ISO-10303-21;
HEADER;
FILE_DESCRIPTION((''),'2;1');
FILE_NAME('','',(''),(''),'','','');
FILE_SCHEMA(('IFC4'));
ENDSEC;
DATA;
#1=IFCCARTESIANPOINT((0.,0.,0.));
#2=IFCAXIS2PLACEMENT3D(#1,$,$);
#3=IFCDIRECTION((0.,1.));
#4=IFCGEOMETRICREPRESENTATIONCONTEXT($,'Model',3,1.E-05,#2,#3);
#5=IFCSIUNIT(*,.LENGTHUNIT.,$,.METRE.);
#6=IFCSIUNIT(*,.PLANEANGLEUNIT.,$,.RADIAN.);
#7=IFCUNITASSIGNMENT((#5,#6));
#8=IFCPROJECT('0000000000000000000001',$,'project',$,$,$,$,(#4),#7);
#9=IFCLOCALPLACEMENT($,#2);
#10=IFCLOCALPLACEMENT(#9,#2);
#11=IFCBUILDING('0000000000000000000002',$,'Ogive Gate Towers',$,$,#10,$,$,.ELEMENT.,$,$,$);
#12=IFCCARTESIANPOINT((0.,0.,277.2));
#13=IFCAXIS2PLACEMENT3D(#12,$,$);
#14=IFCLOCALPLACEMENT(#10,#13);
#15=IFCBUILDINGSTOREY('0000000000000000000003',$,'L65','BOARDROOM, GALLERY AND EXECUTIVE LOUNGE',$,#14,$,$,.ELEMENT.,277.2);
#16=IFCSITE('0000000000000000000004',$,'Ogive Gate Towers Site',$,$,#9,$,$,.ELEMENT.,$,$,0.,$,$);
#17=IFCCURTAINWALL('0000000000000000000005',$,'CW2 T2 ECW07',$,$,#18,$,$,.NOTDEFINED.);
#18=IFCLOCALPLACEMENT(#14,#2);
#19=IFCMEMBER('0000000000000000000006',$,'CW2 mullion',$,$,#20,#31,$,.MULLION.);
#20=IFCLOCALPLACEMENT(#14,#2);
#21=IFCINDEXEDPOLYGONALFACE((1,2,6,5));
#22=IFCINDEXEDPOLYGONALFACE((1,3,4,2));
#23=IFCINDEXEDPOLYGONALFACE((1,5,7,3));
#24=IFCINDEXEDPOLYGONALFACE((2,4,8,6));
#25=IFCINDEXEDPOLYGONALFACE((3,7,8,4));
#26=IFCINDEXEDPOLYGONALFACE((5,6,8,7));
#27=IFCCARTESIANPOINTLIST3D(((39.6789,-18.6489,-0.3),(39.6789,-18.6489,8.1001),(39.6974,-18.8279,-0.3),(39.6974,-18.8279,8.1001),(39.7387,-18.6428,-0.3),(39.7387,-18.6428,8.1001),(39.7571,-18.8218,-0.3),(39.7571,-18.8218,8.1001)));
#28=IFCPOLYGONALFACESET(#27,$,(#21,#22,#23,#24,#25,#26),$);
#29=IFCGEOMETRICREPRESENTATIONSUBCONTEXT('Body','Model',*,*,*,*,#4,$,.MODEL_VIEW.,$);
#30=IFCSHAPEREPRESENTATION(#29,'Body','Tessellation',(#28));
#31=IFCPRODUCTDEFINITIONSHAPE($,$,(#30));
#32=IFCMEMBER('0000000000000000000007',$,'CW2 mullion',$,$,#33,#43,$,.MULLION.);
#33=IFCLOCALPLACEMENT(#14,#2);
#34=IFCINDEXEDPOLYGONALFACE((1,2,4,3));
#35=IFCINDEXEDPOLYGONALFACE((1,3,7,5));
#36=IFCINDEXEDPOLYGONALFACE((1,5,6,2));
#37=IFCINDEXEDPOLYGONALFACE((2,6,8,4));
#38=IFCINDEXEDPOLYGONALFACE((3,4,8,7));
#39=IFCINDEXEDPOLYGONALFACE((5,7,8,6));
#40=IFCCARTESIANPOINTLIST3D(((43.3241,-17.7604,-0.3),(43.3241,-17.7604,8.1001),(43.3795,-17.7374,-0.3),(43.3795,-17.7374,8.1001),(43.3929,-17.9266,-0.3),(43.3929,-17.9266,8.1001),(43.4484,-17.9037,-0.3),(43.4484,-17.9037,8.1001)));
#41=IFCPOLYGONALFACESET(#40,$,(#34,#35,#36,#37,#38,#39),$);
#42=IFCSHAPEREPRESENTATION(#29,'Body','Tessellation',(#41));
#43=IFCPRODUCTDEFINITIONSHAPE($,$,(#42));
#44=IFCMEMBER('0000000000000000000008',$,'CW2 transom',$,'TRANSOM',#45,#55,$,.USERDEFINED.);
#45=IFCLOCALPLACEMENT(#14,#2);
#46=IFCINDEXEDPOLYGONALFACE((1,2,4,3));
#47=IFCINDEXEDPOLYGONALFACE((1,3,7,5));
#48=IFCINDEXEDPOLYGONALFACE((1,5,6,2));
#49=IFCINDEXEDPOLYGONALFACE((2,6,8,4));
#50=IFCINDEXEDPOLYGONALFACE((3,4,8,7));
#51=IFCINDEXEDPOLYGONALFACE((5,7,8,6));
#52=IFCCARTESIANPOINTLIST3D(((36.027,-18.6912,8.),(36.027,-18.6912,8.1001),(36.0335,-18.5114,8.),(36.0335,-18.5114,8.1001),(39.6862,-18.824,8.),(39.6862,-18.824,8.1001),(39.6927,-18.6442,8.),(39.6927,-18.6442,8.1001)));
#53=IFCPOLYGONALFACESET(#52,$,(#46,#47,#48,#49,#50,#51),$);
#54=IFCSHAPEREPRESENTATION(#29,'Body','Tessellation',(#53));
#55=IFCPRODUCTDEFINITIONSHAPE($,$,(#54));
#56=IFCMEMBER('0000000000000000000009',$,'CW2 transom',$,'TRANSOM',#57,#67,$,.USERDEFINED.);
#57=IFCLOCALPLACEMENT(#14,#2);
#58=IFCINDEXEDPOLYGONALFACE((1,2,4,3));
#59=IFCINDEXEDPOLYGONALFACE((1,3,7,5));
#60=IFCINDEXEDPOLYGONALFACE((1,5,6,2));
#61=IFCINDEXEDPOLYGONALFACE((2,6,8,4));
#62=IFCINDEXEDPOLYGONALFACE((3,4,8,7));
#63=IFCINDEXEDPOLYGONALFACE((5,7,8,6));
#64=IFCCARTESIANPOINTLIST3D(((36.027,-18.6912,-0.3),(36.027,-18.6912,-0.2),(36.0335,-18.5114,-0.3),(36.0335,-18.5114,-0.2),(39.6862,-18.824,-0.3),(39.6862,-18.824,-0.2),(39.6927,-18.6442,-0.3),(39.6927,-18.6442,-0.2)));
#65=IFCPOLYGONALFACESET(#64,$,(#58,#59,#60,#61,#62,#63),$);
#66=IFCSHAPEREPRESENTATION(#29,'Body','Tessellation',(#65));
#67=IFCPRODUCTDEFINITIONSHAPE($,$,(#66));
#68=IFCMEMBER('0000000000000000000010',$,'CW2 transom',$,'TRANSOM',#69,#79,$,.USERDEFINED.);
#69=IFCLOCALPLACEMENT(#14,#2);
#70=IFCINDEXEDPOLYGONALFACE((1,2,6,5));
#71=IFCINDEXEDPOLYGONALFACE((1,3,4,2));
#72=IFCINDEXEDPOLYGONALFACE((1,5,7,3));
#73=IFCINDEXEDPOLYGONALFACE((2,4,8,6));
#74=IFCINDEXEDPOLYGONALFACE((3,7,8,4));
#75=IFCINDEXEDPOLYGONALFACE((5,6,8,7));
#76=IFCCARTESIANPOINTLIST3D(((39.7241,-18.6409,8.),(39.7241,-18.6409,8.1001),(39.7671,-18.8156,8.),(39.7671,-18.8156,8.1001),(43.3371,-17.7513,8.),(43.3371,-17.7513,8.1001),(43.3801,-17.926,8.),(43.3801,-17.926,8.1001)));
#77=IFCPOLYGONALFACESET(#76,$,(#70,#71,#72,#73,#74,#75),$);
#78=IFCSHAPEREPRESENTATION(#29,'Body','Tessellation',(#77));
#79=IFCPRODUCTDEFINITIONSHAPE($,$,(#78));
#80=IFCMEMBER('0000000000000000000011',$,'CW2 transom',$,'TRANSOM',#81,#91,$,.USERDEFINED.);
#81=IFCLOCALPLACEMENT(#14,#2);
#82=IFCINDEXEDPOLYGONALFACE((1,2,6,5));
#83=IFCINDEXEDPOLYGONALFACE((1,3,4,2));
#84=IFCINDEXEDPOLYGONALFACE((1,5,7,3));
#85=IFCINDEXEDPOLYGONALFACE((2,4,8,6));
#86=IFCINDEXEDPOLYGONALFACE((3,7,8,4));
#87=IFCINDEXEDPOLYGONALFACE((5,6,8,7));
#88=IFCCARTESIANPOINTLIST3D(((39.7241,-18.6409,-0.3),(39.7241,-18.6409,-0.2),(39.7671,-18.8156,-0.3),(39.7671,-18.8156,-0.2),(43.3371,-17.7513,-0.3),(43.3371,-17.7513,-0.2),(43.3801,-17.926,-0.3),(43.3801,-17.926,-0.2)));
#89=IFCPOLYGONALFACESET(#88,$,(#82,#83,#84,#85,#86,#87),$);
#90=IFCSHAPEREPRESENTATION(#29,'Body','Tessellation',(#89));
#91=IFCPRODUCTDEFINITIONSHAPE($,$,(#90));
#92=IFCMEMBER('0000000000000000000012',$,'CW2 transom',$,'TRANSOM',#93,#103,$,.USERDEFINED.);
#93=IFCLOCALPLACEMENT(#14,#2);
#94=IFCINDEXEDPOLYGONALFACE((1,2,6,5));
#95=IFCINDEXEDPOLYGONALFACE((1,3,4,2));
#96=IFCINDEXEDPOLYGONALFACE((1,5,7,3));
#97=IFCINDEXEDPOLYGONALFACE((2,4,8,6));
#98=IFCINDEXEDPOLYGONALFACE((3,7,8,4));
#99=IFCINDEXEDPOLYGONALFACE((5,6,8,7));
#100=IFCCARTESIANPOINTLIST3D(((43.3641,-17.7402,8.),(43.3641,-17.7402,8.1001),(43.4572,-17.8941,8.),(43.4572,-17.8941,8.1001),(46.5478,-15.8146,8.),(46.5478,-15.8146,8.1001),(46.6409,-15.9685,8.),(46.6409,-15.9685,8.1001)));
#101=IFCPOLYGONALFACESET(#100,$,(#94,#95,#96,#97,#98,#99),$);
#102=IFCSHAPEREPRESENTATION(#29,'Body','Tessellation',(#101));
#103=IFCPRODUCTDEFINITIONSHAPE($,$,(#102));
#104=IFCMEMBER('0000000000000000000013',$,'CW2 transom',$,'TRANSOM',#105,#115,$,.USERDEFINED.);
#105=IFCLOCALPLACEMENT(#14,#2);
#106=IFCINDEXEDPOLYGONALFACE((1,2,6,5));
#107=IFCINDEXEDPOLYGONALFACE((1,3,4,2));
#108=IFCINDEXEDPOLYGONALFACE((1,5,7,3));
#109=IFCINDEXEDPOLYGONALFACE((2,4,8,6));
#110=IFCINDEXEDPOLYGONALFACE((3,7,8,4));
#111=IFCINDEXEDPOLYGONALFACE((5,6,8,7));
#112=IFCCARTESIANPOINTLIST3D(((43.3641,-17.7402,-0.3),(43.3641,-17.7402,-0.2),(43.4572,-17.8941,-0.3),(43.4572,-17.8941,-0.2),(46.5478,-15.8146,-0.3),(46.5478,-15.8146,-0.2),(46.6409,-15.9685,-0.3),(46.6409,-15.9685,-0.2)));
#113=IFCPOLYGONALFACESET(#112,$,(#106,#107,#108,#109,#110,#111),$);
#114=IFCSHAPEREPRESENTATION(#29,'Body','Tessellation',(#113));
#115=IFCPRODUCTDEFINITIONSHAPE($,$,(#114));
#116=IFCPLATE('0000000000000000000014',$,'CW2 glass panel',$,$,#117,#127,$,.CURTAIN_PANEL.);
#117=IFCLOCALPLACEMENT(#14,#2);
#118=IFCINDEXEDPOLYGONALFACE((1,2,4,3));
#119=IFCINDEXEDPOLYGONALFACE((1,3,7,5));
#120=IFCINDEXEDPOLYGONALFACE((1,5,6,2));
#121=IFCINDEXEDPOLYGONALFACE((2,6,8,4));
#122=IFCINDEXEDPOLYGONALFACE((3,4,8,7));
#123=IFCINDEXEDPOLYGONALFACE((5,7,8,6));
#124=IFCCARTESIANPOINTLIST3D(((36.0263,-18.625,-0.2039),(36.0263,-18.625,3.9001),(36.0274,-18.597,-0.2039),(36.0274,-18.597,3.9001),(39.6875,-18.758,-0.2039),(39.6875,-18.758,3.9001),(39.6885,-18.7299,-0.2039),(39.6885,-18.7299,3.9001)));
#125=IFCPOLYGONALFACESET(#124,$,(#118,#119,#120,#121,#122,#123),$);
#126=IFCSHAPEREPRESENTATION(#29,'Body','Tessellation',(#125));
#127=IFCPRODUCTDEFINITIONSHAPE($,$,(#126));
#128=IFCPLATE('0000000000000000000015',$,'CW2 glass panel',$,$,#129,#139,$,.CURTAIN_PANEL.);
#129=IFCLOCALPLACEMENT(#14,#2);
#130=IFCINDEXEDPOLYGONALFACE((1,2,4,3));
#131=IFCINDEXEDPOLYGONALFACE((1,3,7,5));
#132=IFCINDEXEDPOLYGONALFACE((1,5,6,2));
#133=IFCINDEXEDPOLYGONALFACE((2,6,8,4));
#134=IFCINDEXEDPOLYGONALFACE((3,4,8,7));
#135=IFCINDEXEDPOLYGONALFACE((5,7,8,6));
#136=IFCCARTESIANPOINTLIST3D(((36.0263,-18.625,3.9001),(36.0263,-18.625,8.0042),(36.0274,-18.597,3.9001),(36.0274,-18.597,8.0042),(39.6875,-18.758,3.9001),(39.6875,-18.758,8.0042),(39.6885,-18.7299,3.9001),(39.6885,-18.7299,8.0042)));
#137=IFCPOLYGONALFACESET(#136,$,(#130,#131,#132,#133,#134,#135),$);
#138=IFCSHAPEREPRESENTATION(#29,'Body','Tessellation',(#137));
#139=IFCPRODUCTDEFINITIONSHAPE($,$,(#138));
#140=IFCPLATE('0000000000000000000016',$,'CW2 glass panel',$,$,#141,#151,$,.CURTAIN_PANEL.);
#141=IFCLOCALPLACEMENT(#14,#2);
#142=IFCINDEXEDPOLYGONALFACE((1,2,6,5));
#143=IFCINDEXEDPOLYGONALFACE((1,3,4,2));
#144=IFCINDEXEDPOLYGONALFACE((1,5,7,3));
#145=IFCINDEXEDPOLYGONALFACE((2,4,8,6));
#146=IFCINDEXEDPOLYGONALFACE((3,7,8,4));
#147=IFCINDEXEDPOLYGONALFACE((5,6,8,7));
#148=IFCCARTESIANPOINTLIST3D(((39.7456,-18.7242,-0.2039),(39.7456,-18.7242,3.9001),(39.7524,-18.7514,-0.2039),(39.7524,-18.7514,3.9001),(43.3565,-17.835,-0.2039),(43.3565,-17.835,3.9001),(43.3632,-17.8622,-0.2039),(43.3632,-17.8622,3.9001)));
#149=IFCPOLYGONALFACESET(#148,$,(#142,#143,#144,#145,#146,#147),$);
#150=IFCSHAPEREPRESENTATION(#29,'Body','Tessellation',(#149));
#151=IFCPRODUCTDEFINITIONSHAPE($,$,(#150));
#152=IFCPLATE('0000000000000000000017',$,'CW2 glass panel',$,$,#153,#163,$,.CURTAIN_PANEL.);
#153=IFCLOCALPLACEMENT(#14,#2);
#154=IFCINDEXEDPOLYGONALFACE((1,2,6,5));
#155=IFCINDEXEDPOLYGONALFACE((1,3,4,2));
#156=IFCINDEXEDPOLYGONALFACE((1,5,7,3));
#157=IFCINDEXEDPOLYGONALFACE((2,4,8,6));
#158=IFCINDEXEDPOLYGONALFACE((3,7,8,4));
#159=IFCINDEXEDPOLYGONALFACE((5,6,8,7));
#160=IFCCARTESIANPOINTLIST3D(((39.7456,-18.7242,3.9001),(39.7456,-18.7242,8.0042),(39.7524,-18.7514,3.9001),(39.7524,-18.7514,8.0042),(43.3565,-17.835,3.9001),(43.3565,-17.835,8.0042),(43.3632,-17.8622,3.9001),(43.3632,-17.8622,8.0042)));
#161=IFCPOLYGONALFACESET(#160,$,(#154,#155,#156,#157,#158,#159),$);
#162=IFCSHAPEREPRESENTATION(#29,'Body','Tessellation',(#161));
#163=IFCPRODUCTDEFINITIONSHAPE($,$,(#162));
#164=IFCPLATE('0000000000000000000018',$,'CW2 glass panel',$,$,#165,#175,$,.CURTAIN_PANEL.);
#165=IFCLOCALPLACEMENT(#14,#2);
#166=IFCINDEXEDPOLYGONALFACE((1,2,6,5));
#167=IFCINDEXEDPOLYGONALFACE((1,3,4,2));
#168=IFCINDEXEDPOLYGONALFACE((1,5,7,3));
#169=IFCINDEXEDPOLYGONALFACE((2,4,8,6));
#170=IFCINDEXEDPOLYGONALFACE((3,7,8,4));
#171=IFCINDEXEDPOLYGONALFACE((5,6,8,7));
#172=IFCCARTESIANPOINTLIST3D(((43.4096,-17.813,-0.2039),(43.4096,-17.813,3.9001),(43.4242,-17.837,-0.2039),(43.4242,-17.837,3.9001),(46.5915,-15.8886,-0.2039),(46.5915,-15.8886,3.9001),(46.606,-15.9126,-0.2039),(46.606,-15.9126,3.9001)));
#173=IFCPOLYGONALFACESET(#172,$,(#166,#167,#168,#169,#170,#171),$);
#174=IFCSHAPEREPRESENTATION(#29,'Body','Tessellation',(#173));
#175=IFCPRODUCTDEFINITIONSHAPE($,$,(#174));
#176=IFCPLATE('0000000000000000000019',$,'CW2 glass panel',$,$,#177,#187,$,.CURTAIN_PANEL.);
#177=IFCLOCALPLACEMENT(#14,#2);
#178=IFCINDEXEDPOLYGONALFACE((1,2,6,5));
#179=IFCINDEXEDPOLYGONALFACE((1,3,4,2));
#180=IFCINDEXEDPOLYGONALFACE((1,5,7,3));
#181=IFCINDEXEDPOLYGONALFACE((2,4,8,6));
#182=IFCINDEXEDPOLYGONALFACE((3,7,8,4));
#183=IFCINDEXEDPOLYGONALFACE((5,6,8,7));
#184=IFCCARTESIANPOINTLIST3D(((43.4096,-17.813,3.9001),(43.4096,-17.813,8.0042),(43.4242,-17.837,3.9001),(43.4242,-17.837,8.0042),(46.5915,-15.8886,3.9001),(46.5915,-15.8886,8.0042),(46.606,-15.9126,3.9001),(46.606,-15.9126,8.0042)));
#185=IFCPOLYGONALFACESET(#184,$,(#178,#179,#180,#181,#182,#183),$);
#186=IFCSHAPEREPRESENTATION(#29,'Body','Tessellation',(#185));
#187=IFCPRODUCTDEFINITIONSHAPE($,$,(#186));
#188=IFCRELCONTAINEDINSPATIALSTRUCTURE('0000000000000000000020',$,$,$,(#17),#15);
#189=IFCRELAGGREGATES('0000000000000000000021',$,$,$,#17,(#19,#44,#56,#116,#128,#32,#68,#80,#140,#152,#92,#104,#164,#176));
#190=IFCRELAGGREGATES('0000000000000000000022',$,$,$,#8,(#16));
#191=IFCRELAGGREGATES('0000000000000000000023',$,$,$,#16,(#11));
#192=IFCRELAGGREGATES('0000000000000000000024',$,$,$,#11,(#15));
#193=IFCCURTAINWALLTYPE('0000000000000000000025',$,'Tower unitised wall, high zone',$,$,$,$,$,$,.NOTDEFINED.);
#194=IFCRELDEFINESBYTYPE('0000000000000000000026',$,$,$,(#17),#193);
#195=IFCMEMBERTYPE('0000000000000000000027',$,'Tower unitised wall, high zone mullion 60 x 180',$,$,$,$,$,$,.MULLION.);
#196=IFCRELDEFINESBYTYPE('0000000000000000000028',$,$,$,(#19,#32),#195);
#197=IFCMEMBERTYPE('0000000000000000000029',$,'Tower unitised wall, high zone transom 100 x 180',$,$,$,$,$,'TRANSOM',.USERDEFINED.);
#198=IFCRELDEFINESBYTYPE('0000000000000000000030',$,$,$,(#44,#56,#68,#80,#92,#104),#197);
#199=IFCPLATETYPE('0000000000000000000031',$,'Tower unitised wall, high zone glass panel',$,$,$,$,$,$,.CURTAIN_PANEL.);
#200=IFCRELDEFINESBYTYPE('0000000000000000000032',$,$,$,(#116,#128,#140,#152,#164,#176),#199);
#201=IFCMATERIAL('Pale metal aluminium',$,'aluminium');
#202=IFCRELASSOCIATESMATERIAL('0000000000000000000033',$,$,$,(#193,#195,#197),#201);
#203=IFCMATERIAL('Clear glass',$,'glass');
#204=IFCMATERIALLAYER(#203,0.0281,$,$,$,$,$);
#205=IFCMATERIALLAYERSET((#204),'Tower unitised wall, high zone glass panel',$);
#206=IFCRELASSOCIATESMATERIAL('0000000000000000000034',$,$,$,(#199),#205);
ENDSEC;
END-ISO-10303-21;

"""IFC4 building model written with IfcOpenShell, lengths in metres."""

from ifc_helpers import new_model, si_unit, direction, frame, origin, origin_2d, place, context, subcontext, project, spatial, rectangle, extrude, material, layer, layer_set, material_profile, profile_set, type_object, element, aggregate, save


model = new_model("IFC4")

# Units and contexts
model_context = context("Model", 3, precision=1e-05, world=origin(), true_north=direction((0.0, 1.0)))
body_context = subcontext(model_context, "Body", "Model", "MODEL_VIEW")
ifc_project = project(units=[si_unit("LENGTHUNIT", "METRE"), si_unit("PLANEANGLEUNIT", "RADIAN")], contexts=[model_context])

# Site, building, storey
site_placement = place(None, origin())
site = spatial("IfcSite", under=ifc_project, at=site_placement, Name="Ogive Gate Towers Site", CompositionType="ELEMENT", RefElevation=0.0)
building_placement = place(site_placement, origin())
building = spatial("IfcBuilding", under=site, at=building_placement, Name="Ogive Gate Towers", CompositionType="ELEMENT")
storey_placement = place(building_placement, frame((0.0, 0.0, 277.2)))
storey = spatial("IfcBuildingStorey", under=building, at=storey_placement, Name="L65", Description="BOARDROOM, GALLERY AND EXECUTIVE LOUNGE", CompositionType="ELEMENT", Elevation=277.2)

# Curtain wall, members, plates
ifc_material_1 = material(Name="Pale metal aluminium", Category="aluminium")
curtain_wall_type = type_object("IfcCurtainWallType", Name="Tower unitised wall, high zone", PredefinedType="NOTDEFINED", material=ifc_material_1)
curtain_wall_placement = place(storey_placement, origin())
curtain_wall = element("IfcCurtainWall", 1, at=curtain_wall_placement, inside=storey, type_object=curtain_wall_type, Name="CW2 T2 ECW07", PredefinedType="NOTDEFINED")
ifc_material_profile_1 = material_profile(ifc_material_1, rectangle(XDim=0.1799, YDim=0.0601, at=origin_2d()), Name="60 x 180 aluminium box")
ifc_profile_set_1 = profile_set([ifc_material_profile_1], Name="Pale metal aluminium")
member_type_1 = type_object("IfcMemberType", Name="Tower unitised wall, high zone mullion 60 x 180", PredefinedType="MULLION", material=ifc_profile_set_1)
member_1_placement = place(storey_placement, frame((39.718, -18.7354, -0.3), z_axis=(0.0, 0.0, 1.0), x_axis=(0.102393, -0.994744, 0.0)))
member_1 = element("IfcMember", 2, at=member_1_placement, type_object=member_type_1, Name="CW2 mullion", PredefinedType="MULLION", context=body_context, shape_type="SweptSolid", body=[
    extrude(rectangle(XDim=0.1799, YDim=0.0601, at=origin_2d()), origin(), (0.0, 0.0, 1.0), 8.4001),
])
member_2_placement = place(storey_placement, frame((43.3862, -17.832, -0.3), z_axis=(0.0, 0.0, 1.0), x_axis=(0.382683, -0.92388, 0.0)))
member_2 = element("IfcMember", 3, at=member_2_placement, type_object=member_type_1, Name="CW2 mullion", PredefinedType="MULLION", context=body_context, shape_type="SweptSolid", body=[
    extrude(rectangle(XDim=0.1799, YDim=0.0601, at=origin_2d()), origin(), (0.0, 0.0, 1.0), 8.4001),
])
ifc_material_profile_2 = material_profile(ifc_material_1, rectangle(XDim=0.1799, YDim=0.1001, at=origin_2d()), Name="100 x 180 aluminium box")
ifc_profile_set_2 = profile_set([ifc_material_profile_2], Name="Pale metal aluminium")
member_type_2 = type_object("IfcMemberType", Name="Tower unitised wall, high zone transom 100 x 180", ElementType="TRANSOM", PredefinedType="USERDEFINED", material=ifc_profile_set_2)
member_3_placement = place(storey_placement, frame((36.0303, -18.6013, 8.05), z_axis=(0.999342, -0.036272, 0.0), x_axis=(0.036272, 0.999342, 0.0)))
member_3 = element("IfcMember", 4, at=member_3_placement, type_object=member_type_2, Name="CW2 transom", ObjectType="TRANSOM", PredefinedType="USERDEFINED", context=body_context, shape_type="SweptSolid", body=[
    extrude(rectangle(XDim=0.1799, YDim=0.1001, at=origin_2d()), origin(), (0.0, 0.0, 1.0), 3.6616),
])
member_4_placement = place(storey_placement, frame((36.0303, -18.6013, -0.25), z_axis=(0.999342, -0.036272, 0.0), x_axis=(0.036272, 0.999342, 0.0)))
member_4 = element("IfcMember", 5, at=member_4_placement, type_object=member_type_2, Name="CW2 transom", ObjectType="TRANSOM", PredefinedType="USERDEFINED", context=body_context, shape_type="SweptSolid", body=[
    extrude(rectangle(XDim=0.1799, YDim=0.1001, at=origin_2d()), origin(), (0.0, 0.0, 1.0), 3.6616),
])
member_5_placement = place(storey_placement, frame((39.7456, -18.7283, 8.05), z_axis=(0.970997, 0.239091, 0.0), x_axis=(-0.239091, 0.970997, 0.0)))
member_5 = element("IfcMember", 6, at=member_5_placement, type_object=member_type_2, Name="CW2 transom", ObjectType="TRANSOM", PredefinedType="USERDEFINED", context=body_context, shape_type="SweptSolid", body=[
    extrude(rectangle(XDim=0.1799, YDim=0.1001, at=origin_2d()), origin(), (0.0, 0.0, 1.0), 3.7209),
])
member_6_placement = place(storey_placement, frame((39.7456, -18.7283, -0.25), z_axis=(0.970997, 0.239091, 0.0), x_axis=(-0.239091, 0.970997, 0.0)))
member_6 = element("IfcMember", 7, at=member_6_placement, type_object=member_type_2, Name="CW2 transom", ObjectType="TRANSOM", PredefinedType="USERDEFINED", context=body_context, shape_type="SweptSolid", body=[
    extrude(rectangle(XDim=0.1799, YDim=0.1001, at=origin_2d()), origin(), (0.0, 0.0, 1.0), 3.7209),
])
member_7_placement = place(storey_placement, frame((43.4106, -17.8171, 8.05), z_axis=(0.855664, 0.517532, 0.0), x_axis=(-0.517532, 0.855664, 0.0)))
member_7 = element("IfcMember", 8, at=member_7_placement, type_object=member_type_2, Name="CW2 transom", ObjectType="TRANSOM", PredefinedType="USERDEFINED", context=body_context, shape_type="SweptSolid", body=[
    extrude(rectangle(XDim=0.1799, YDim=0.1001, at=origin_2d()), origin(), (0.0, 0.0, 1.0), 3.7207),
])
member_8_placement = place(storey_placement, frame((43.4106, -17.8171, -0.25), z_axis=(0.855664, 0.517532, 0.0), x_axis=(-0.517532, 0.855664, 0.0)))
member_8 = element("IfcMember", 9, at=member_8_placement, type_object=member_type_2, Name="CW2 transom", ObjectType="TRANSOM", PredefinedType="USERDEFINED", context=body_context, shape_type="SweptSolid", body=[
    extrude(rectangle(XDim=0.1799, YDim=0.1001, at=origin_2d()), origin(), (0.0, 0.0, 1.0), 3.7207),
])
ifc_material_2 = material(Name="Clear glass", Category="glass")
ifc_layer_1 = layer(ifc_material_2, 0.0281)
ifc_layer_set_1 = layer_set([ifc_layer_1], Name="Tower unitised wall, high zone glass panel")
plate_type = type_object("IfcPlateType", Name="Tower unitised wall, high zone glass panel", PredefinedType="CURTAIN_PANEL", material=ifc_layer_set_1)
plate_1_placement = place(storey_placement, frame((37.8574, -18.6775, -0.2039), z_axis=(0.0, 0.0, 1.0), x_axis=(0.999341, -0.036295, 0.0)))
plate_1 = element("IfcPlate", 10, at=plate_1_placement, type_object=plate_type, Name="CW2 glass panel", PredefinedType="CURTAIN_PANEL", context=body_context, shape_type="SweptSolid", body=[
    extrude(rectangle(XDim=3.6636, YDim=0.0281, at=origin_2d()), origin(), (0.0, 0.0, 1.0), 4.104),
])
plate_2_placement = place(storey_placement, frame((37.8574, -18.6775, 3.9001), z_axis=(0.0, 0.0, 1.0), x_axis=(0.999341, -0.036295, 0.0)))
plate_2 = element("IfcPlate", 11, at=plate_2_placement, type_object=plate_type, Name="CW2 glass panel", PredefinedType="CURTAIN_PANEL", context=body_context, shape_type="SweptSolid", body=[
    extrude(rectangle(XDim=3.6636, YDim=0.0281, at=origin_2d()), origin(), (0.0, 0.0, 1.0), 4.104),
])
plate_3_placement = place(storey_placement, frame((41.5544, -18.2932, -0.2039), z_axis=(0.0, 0.0, 1.0), x_axis=(0.970993, 0.23911, 0.0)))
plate_3 = element("IfcPlate", 12, at=plate_3_placement, type_object=plate_type, Name="CW2 glass panel", PredefinedType="CURTAIN_PANEL", context=body_context, shape_type="SweptSolid", body=[
    extrude(rectangle(XDim=3.7188, YDim=0.0281, at=origin_2d()), origin(), (0.0, 0.0, 1.0), 4.104),
])
plate_4_placement = place(storey_placement, frame((41.5544, -18.2932, 3.9001), z_axis=(0.0, 0.0, 1.0), x_axis=(0.970993, 0.23911, 0.0)))
plate_4 = element("IfcPlate", 13, at=plate_4_placement, type_object=plate_type, Name="CW2 glass panel", PredefinedType="CURTAIN_PANEL", context=body_context, shape_type="SweptSolid", body=[
    extrude(rectangle(XDim=3.7188, YDim=0.0281, at=origin_2d()), origin(), (0.0, 0.0, 1.0), 4.104),
])
plate_5_placement = place(storey_placement, frame((45.0078, -16.8628, -0.2039), z_axis=(0.0, 0.0, 1.0), x_axis=(0.855672, 0.517519, 0.0)))
plate_5 = element("IfcPlate", 14, at=plate_5_placement, type_object=plate_type, Name="CW2 glass panel", PredefinedType="CURTAIN_PANEL", context=body_context, shape_type="SweptSolid", body=[
    extrude(rectangle(XDim=3.7185, YDim=0.0281, at=origin_2d()), origin(), (0.0, 0.0, 1.0), 4.104),
])
plate_6_placement = place(storey_placement, frame((45.0078, -16.8628, 3.9001), z_axis=(0.0, 0.0, 1.0), x_axis=(0.855672, 0.517519, 0.0)))
plate_6 = element("IfcPlate", 15, at=plate_6_placement, type_object=plate_type, Name="CW2 glass panel", PredefinedType="CURTAIN_PANEL", context=body_context, shape_type="SweptSolid", body=[
    extrude(rectangle(XDim=3.7185, YDim=0.0281, at=origin_2d()), origin(), (0.0, 0.0, 1.0), 4.104),
])
aggregate(curtain_wall, [member_1, member_3, member_4, plate_1, plate_2, member_2, member_5, member_6, plate_3, plate_4, member_7, member_8, plate_5, plate_6])

save(model, "model.ifc")
